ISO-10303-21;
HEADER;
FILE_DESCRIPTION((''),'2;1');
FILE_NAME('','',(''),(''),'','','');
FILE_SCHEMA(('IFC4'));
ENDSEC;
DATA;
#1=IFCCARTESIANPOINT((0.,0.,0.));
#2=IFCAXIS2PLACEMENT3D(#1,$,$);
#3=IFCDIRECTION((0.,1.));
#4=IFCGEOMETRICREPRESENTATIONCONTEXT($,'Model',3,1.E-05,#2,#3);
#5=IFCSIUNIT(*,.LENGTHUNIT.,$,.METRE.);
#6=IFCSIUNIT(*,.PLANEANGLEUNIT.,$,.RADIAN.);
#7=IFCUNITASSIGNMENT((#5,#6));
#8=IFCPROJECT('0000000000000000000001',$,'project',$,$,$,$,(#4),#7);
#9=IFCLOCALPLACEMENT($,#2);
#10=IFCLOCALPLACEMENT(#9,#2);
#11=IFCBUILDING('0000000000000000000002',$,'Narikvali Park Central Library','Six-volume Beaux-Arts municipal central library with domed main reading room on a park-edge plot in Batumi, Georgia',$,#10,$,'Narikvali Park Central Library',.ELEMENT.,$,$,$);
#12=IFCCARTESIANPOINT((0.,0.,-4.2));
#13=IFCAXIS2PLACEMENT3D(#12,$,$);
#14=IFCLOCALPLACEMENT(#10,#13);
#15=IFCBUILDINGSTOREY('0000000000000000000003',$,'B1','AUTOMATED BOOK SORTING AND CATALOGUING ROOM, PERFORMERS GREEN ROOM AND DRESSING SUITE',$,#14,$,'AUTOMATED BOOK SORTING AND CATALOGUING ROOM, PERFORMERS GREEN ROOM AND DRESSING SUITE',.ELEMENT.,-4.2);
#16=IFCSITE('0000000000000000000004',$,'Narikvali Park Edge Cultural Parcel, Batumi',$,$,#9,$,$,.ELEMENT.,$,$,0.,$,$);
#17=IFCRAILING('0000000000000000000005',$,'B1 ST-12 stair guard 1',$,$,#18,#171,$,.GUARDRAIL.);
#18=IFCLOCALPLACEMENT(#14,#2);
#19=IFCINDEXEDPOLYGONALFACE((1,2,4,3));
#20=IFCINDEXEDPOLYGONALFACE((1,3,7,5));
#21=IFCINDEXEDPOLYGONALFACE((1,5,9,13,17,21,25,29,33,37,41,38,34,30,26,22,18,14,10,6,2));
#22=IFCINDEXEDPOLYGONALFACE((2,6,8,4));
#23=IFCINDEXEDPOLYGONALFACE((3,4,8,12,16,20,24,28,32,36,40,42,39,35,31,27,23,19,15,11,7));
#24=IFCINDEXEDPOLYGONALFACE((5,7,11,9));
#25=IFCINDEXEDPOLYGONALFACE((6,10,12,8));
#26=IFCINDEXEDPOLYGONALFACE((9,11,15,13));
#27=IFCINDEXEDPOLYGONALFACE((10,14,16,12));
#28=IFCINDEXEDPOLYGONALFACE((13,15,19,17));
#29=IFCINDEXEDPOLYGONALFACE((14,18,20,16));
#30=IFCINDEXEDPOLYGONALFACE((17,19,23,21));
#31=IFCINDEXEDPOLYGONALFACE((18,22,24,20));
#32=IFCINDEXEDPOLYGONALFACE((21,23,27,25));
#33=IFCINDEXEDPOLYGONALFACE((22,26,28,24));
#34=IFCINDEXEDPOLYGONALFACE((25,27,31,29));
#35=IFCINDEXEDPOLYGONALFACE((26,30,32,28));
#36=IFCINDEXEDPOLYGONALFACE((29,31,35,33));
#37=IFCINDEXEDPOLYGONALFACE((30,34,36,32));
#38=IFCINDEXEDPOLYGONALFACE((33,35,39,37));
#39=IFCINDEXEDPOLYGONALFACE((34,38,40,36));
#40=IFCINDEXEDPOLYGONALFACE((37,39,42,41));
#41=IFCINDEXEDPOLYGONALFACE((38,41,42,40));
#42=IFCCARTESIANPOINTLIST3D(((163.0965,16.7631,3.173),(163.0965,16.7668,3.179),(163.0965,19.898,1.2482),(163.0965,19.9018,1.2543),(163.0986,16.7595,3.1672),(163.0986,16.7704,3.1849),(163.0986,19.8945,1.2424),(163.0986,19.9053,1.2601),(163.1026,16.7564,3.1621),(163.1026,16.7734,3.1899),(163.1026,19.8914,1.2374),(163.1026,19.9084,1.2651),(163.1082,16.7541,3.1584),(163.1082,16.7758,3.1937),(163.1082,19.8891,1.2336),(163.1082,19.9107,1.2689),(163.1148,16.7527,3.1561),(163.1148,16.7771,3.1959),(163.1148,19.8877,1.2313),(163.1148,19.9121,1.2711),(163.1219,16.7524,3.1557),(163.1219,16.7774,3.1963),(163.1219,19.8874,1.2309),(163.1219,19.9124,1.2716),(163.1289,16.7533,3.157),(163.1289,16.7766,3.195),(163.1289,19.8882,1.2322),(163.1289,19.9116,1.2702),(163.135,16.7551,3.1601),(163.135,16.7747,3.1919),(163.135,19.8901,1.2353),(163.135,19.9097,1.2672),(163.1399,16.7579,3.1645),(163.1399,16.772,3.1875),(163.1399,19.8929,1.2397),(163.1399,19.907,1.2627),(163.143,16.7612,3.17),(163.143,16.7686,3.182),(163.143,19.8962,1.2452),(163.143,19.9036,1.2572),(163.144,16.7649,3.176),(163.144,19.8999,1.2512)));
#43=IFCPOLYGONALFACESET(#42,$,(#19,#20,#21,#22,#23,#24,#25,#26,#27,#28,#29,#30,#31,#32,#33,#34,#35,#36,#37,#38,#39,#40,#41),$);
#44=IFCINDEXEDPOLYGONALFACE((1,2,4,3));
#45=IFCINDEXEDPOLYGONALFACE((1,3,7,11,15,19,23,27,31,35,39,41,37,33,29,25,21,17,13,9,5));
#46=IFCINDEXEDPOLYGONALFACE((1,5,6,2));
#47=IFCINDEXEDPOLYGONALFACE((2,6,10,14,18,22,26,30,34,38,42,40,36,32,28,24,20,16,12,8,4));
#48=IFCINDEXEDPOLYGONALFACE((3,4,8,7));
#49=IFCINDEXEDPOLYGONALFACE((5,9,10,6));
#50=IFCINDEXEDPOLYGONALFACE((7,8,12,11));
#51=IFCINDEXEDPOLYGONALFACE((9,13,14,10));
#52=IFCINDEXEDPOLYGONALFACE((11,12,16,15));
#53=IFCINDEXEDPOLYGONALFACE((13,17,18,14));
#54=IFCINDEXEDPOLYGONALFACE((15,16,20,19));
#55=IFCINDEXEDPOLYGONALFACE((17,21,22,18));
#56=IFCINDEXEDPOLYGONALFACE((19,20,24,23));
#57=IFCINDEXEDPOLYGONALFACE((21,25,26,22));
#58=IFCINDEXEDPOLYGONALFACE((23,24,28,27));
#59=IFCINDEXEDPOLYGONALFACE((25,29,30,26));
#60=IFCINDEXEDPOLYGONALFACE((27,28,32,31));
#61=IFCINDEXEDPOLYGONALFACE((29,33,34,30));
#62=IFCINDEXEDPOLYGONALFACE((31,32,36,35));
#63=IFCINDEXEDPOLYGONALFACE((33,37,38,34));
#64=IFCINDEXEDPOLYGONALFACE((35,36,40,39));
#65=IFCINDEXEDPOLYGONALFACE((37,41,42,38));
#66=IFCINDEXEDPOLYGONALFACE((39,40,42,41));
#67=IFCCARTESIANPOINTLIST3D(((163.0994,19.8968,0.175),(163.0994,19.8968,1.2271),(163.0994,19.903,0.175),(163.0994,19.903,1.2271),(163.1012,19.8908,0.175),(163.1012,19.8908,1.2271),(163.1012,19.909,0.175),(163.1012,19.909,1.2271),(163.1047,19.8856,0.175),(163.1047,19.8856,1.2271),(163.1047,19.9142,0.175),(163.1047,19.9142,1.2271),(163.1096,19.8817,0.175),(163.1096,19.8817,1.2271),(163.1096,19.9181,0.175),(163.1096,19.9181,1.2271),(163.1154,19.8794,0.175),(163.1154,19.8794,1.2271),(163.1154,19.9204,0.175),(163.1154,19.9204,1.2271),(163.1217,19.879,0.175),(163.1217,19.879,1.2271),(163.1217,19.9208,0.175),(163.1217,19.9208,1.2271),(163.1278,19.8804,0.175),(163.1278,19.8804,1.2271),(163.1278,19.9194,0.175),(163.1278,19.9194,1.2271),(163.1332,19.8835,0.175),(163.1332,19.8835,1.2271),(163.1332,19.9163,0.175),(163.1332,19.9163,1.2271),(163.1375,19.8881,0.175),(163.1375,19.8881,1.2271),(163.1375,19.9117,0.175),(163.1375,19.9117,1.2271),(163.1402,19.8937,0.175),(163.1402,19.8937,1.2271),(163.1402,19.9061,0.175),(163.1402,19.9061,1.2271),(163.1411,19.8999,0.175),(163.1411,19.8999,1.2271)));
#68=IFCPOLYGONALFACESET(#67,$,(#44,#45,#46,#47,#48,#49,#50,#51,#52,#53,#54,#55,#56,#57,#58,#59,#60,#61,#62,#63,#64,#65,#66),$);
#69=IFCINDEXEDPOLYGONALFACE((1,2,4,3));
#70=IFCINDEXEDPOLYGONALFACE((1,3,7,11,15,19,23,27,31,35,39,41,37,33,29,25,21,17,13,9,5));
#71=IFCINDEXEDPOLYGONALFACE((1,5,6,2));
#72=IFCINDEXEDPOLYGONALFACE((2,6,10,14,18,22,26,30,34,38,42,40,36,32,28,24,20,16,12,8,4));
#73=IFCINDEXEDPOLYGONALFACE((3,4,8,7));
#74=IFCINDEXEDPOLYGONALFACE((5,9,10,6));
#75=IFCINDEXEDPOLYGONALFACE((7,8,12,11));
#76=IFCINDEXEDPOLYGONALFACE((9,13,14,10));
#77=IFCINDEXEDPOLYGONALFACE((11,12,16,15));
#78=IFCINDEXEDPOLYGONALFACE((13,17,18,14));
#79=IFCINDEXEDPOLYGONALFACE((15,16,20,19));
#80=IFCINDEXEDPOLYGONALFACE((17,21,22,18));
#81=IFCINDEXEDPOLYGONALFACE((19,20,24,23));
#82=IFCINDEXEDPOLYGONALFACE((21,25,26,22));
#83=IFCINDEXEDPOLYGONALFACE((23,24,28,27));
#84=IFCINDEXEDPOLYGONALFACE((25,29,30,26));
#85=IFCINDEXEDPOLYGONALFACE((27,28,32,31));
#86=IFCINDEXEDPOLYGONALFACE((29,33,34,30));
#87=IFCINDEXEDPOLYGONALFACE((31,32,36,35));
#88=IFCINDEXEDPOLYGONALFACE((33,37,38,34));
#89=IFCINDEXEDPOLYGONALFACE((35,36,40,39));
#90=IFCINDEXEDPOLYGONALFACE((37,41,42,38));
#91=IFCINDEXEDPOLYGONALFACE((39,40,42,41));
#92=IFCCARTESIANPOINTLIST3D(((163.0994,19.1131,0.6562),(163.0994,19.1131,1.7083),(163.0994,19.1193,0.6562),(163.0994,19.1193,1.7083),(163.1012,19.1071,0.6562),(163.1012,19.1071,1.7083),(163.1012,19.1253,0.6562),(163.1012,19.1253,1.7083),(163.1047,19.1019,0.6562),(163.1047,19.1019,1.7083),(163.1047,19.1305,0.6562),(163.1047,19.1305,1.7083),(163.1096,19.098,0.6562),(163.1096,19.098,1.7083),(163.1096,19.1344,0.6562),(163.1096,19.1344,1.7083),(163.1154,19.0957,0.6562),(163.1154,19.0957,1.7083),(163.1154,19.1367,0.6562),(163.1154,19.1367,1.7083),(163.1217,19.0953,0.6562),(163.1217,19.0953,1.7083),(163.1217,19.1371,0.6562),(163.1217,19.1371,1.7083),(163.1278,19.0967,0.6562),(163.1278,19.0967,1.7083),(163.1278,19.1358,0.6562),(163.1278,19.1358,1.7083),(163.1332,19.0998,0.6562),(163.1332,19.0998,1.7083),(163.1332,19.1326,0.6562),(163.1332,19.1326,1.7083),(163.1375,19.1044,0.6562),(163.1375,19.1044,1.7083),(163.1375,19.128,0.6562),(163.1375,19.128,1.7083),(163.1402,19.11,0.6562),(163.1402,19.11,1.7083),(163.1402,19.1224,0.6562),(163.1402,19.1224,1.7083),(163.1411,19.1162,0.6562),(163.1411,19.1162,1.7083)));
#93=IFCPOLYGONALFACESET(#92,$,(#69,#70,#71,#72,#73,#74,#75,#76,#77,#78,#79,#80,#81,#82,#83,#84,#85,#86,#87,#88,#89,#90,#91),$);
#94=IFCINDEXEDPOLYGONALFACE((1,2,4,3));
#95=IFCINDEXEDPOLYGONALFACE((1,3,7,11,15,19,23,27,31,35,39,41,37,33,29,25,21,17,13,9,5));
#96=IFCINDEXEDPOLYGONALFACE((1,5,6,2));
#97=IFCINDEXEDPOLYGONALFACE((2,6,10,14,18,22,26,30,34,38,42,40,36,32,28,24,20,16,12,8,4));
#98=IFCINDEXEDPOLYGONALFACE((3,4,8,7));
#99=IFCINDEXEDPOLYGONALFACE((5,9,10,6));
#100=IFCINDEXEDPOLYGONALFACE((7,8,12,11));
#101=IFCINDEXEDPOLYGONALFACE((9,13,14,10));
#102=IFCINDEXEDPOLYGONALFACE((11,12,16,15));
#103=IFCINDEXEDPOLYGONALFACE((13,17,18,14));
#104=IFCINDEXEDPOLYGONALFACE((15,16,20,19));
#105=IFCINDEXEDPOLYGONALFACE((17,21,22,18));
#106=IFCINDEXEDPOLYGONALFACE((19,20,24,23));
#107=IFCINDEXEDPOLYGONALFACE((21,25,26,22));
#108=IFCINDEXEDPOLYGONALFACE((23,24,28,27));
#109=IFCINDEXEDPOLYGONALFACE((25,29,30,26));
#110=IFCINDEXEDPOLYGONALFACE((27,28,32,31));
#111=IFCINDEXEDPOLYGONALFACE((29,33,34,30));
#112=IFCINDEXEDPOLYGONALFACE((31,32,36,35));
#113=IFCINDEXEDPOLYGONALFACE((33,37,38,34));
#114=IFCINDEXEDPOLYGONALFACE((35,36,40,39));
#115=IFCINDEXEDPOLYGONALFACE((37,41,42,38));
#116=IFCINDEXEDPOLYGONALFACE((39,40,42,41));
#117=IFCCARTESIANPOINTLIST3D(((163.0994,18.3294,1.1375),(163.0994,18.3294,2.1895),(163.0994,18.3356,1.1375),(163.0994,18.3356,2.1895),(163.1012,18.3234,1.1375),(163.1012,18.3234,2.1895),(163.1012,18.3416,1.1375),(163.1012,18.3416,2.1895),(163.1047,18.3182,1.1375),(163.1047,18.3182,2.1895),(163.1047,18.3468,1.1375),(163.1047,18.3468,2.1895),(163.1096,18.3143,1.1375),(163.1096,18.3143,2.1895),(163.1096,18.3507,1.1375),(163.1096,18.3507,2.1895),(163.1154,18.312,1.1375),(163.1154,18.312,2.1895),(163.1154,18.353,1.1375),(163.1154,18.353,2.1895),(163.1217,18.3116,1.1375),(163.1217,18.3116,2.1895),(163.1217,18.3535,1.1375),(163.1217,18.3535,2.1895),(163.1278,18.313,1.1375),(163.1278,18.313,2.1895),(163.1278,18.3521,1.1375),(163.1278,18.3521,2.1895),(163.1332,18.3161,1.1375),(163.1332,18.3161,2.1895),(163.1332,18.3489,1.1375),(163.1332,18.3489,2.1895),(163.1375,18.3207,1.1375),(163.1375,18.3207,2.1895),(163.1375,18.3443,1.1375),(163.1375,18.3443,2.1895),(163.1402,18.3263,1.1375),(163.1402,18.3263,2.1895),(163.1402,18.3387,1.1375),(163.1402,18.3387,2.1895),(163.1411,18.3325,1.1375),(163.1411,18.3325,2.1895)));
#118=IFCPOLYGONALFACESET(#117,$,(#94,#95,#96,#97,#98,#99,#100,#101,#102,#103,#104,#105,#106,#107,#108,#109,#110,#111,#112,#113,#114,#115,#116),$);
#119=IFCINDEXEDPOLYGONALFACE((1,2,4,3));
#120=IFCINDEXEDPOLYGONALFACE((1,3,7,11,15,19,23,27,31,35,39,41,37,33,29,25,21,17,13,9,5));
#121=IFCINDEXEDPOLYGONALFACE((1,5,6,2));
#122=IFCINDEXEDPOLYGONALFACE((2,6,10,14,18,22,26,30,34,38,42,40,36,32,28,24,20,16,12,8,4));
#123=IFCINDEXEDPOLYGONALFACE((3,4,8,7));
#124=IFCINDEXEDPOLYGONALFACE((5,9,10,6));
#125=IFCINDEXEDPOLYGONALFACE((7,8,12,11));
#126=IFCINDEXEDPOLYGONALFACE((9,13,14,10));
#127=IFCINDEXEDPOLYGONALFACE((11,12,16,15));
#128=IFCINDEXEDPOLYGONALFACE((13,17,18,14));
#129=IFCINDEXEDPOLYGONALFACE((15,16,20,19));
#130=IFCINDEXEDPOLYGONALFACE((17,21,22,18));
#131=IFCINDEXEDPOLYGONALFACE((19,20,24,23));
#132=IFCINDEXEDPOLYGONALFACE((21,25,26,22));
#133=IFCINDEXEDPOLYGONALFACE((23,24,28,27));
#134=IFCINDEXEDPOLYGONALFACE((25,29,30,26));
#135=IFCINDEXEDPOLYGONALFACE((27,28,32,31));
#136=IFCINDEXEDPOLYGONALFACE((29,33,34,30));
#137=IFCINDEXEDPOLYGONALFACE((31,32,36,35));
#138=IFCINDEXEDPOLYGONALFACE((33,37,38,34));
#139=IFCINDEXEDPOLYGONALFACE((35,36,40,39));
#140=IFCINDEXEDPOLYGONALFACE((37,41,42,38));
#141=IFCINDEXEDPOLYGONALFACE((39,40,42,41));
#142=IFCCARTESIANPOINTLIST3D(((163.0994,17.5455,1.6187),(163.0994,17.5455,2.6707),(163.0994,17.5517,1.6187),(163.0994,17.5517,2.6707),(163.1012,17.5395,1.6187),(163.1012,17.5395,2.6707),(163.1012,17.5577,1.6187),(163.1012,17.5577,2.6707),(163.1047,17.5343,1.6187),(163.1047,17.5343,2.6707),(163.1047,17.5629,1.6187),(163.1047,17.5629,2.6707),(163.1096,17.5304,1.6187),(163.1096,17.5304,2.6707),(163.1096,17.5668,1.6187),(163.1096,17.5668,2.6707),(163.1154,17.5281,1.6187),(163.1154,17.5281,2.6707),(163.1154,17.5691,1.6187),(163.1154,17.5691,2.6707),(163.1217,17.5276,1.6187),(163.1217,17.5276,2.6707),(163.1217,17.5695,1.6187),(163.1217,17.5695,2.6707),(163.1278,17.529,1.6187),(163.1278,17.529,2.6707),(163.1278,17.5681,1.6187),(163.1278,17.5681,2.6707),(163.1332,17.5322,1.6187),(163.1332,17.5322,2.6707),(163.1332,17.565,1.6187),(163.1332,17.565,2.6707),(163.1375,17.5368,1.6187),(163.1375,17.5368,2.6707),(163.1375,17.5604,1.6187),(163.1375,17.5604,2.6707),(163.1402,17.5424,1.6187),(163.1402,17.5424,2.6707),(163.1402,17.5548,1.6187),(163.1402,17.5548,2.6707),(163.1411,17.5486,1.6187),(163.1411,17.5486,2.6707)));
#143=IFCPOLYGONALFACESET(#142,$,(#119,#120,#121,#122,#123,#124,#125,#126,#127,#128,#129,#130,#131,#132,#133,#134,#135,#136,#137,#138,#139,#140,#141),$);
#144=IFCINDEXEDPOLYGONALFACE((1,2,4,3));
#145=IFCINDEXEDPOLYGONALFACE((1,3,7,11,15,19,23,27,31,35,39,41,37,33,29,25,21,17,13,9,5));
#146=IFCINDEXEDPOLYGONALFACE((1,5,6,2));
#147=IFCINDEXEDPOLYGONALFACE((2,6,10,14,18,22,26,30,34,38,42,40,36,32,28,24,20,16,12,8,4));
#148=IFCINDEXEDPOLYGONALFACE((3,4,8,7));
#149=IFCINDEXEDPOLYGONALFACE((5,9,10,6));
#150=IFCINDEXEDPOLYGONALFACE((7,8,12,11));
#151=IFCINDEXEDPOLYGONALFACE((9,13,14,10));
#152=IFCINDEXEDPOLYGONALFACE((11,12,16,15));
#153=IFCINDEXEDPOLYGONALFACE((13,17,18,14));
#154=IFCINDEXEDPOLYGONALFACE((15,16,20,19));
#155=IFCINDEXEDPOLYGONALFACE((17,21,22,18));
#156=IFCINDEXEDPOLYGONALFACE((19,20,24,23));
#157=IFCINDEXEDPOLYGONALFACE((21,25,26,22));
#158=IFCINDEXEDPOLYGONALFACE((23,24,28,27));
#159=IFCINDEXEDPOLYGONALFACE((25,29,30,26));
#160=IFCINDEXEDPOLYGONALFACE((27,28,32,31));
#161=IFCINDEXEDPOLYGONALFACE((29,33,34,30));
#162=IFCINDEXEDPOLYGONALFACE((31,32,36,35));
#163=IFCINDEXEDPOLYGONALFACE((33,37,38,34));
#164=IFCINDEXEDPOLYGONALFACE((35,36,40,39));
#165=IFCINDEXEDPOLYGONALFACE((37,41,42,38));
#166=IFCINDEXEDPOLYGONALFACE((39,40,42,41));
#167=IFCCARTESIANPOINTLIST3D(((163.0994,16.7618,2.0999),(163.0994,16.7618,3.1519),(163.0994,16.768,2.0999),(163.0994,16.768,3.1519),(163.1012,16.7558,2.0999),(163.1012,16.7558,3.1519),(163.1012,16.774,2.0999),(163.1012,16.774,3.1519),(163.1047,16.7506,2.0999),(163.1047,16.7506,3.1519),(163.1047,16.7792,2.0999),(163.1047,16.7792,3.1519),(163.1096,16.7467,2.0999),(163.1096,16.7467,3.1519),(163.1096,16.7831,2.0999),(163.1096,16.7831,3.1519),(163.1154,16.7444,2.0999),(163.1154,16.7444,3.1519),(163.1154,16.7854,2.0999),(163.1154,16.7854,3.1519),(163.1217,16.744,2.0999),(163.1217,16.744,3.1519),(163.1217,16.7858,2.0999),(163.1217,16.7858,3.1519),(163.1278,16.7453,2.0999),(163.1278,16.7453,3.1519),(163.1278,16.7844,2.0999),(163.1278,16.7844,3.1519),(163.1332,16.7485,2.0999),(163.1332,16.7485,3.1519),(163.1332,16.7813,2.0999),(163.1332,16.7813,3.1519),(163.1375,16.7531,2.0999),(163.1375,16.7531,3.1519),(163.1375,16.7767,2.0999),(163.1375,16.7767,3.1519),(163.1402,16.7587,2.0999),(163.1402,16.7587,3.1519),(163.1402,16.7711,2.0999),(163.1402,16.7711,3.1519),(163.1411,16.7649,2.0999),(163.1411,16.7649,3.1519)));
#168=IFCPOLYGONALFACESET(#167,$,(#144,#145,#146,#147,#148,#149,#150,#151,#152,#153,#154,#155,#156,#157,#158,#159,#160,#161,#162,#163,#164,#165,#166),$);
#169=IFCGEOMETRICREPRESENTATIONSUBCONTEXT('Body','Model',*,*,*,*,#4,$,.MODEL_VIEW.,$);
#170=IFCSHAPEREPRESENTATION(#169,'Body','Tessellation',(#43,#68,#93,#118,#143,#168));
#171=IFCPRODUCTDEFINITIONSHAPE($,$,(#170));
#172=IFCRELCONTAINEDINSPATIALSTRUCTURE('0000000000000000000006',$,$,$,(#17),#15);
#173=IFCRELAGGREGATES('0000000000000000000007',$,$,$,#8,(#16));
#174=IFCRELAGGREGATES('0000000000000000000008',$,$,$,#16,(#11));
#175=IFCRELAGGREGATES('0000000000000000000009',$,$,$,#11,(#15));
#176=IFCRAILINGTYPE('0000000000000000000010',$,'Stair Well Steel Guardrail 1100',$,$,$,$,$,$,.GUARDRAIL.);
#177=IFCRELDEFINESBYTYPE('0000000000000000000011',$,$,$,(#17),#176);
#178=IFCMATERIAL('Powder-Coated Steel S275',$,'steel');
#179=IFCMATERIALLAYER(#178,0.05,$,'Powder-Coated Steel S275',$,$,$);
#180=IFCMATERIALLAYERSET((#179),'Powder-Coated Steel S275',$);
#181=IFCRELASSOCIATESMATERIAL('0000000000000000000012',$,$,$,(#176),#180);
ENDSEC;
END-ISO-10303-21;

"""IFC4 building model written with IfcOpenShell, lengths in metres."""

from ifc_helpers import new_model, si_unit, direction, frame, origin, origin_2d, place, context, subcontext, project, spatial, circle, extrude, material, layer, layer_set, type_object, element, save


model = new_model("IFC4")

# Units and contexts
model_context = context("Model", 3, precision=1e-05, world=origin(), true_north=direction((0.0, 1.0)))
body_context = subcontext(model_context, "Body", "Model", "MODEL_VIEW")
ifc_project = project(units=[si_unit("LENGTHUNIT", "METRE"), si_unit("PLANEANGLEUNIT", "RADIAN")], contexts=[model_context])

# Site, building, storey
site_placement = place(None, origin())
site = spatial("IfcSite", under=ifc_project, at=site_placement, Name="Narikvali Park Edge Cultural Parcel, Batumi", CompositionType="ELEMENT", RefElevation=0.0)
building_placement = place(site_placement, origin())
building = spatial("IfcBuilding", under=site, at=building_placement, Name="Narikvali Park Central Library", Description="Six-volume Beaux-Arts municipal central library with domed main reading room on a park-edge plot in Batumi, Georgia", LongName="Narikvali Park Central Library", CompositionType="ELEMENT")
storey_placement = place(building_placement, frame((0.0, 0.0, -4.2)))
storey = spatial("IfcBuildingStorey", under=building, at=storey_placement, Name="B1", Description="AUTOMATED BOOK SORTING AND CATALOGUING ROOM, PERFORMERS GREEN ROOM AND DRESSING SUITE", LongName="AUTOMATED BOOK SORTING AND CATALOGUING ROOM, PERFORMERS GREEN ROOM AND DRESSING SUITE", CompositionType="ELEMENT", Elevation=-4.2)

# Railing
ifc_material_1 = material(Name="Powder-Coated Steel S275", Category="steel")
ifc_layer_1 = layer(ifc_material_1, 0.05, Name="Powder-Coated Steel S275")
ifc_layer_set_1 = layer_set([ifc_layer_1], Name="Powder-Coated Steel S275")
railing_type_1 = type_object("IfcRailingType", Name="Stair Well Steel Guardrail 1100", PredefinedType="GUARDRAIL", material=ifc_layer_set_1)
railing_1_placement = place(storey_placement, frame((163.1201, 19.8999, 0.175)))
element("IfcRailing", 1, at=railing_1_placement, inside=storey, type_object=railing_type_1, Name="B1 ST-12 stair guard 1", PredefinedType="GUARDRAIL", context=body_context, shape_type="SweptSolid", body=[
    extrude(circle(Radius=0.0239, at=origin_2d()), frame((0.0, 0.0, 1.0762), z_axis=(0.0, -0.852196, 0.523223), x_axis=(1.0, 0.0, 0.0)), (0.0, 0.0, 1.0), 3.6787),
    extrude(circle(Radius=0.021, at=origin_2d()), origin(), (0.0, 0.0, 1.0), 1.052),
    extrude(circle(Radius=0.021, at=origin_2d()), frame((0.0, -0.7837, 0.4812)), (0.0, 0.0, 1.0), 1.052),
    extrude(circle(Radius=0.021, at=origin_2d()), frame((0.0, -1.5674, 0.9624)), (0.0, 0.0, 1.0), 1.052),
    extrude(circle(Radius=0.021, at=origin_2d()), frame((0.0, -2.3513, 1.4436)), (0.0, 0.0, 1.0), 1.052),
    extrude(circle(Radius=0.021, at=origin_2d()), frame((0.0, -3.135, 1.9248)), (0.0, 0.0, 1.0), 1.052),
])

save(model, "model.ifc")
